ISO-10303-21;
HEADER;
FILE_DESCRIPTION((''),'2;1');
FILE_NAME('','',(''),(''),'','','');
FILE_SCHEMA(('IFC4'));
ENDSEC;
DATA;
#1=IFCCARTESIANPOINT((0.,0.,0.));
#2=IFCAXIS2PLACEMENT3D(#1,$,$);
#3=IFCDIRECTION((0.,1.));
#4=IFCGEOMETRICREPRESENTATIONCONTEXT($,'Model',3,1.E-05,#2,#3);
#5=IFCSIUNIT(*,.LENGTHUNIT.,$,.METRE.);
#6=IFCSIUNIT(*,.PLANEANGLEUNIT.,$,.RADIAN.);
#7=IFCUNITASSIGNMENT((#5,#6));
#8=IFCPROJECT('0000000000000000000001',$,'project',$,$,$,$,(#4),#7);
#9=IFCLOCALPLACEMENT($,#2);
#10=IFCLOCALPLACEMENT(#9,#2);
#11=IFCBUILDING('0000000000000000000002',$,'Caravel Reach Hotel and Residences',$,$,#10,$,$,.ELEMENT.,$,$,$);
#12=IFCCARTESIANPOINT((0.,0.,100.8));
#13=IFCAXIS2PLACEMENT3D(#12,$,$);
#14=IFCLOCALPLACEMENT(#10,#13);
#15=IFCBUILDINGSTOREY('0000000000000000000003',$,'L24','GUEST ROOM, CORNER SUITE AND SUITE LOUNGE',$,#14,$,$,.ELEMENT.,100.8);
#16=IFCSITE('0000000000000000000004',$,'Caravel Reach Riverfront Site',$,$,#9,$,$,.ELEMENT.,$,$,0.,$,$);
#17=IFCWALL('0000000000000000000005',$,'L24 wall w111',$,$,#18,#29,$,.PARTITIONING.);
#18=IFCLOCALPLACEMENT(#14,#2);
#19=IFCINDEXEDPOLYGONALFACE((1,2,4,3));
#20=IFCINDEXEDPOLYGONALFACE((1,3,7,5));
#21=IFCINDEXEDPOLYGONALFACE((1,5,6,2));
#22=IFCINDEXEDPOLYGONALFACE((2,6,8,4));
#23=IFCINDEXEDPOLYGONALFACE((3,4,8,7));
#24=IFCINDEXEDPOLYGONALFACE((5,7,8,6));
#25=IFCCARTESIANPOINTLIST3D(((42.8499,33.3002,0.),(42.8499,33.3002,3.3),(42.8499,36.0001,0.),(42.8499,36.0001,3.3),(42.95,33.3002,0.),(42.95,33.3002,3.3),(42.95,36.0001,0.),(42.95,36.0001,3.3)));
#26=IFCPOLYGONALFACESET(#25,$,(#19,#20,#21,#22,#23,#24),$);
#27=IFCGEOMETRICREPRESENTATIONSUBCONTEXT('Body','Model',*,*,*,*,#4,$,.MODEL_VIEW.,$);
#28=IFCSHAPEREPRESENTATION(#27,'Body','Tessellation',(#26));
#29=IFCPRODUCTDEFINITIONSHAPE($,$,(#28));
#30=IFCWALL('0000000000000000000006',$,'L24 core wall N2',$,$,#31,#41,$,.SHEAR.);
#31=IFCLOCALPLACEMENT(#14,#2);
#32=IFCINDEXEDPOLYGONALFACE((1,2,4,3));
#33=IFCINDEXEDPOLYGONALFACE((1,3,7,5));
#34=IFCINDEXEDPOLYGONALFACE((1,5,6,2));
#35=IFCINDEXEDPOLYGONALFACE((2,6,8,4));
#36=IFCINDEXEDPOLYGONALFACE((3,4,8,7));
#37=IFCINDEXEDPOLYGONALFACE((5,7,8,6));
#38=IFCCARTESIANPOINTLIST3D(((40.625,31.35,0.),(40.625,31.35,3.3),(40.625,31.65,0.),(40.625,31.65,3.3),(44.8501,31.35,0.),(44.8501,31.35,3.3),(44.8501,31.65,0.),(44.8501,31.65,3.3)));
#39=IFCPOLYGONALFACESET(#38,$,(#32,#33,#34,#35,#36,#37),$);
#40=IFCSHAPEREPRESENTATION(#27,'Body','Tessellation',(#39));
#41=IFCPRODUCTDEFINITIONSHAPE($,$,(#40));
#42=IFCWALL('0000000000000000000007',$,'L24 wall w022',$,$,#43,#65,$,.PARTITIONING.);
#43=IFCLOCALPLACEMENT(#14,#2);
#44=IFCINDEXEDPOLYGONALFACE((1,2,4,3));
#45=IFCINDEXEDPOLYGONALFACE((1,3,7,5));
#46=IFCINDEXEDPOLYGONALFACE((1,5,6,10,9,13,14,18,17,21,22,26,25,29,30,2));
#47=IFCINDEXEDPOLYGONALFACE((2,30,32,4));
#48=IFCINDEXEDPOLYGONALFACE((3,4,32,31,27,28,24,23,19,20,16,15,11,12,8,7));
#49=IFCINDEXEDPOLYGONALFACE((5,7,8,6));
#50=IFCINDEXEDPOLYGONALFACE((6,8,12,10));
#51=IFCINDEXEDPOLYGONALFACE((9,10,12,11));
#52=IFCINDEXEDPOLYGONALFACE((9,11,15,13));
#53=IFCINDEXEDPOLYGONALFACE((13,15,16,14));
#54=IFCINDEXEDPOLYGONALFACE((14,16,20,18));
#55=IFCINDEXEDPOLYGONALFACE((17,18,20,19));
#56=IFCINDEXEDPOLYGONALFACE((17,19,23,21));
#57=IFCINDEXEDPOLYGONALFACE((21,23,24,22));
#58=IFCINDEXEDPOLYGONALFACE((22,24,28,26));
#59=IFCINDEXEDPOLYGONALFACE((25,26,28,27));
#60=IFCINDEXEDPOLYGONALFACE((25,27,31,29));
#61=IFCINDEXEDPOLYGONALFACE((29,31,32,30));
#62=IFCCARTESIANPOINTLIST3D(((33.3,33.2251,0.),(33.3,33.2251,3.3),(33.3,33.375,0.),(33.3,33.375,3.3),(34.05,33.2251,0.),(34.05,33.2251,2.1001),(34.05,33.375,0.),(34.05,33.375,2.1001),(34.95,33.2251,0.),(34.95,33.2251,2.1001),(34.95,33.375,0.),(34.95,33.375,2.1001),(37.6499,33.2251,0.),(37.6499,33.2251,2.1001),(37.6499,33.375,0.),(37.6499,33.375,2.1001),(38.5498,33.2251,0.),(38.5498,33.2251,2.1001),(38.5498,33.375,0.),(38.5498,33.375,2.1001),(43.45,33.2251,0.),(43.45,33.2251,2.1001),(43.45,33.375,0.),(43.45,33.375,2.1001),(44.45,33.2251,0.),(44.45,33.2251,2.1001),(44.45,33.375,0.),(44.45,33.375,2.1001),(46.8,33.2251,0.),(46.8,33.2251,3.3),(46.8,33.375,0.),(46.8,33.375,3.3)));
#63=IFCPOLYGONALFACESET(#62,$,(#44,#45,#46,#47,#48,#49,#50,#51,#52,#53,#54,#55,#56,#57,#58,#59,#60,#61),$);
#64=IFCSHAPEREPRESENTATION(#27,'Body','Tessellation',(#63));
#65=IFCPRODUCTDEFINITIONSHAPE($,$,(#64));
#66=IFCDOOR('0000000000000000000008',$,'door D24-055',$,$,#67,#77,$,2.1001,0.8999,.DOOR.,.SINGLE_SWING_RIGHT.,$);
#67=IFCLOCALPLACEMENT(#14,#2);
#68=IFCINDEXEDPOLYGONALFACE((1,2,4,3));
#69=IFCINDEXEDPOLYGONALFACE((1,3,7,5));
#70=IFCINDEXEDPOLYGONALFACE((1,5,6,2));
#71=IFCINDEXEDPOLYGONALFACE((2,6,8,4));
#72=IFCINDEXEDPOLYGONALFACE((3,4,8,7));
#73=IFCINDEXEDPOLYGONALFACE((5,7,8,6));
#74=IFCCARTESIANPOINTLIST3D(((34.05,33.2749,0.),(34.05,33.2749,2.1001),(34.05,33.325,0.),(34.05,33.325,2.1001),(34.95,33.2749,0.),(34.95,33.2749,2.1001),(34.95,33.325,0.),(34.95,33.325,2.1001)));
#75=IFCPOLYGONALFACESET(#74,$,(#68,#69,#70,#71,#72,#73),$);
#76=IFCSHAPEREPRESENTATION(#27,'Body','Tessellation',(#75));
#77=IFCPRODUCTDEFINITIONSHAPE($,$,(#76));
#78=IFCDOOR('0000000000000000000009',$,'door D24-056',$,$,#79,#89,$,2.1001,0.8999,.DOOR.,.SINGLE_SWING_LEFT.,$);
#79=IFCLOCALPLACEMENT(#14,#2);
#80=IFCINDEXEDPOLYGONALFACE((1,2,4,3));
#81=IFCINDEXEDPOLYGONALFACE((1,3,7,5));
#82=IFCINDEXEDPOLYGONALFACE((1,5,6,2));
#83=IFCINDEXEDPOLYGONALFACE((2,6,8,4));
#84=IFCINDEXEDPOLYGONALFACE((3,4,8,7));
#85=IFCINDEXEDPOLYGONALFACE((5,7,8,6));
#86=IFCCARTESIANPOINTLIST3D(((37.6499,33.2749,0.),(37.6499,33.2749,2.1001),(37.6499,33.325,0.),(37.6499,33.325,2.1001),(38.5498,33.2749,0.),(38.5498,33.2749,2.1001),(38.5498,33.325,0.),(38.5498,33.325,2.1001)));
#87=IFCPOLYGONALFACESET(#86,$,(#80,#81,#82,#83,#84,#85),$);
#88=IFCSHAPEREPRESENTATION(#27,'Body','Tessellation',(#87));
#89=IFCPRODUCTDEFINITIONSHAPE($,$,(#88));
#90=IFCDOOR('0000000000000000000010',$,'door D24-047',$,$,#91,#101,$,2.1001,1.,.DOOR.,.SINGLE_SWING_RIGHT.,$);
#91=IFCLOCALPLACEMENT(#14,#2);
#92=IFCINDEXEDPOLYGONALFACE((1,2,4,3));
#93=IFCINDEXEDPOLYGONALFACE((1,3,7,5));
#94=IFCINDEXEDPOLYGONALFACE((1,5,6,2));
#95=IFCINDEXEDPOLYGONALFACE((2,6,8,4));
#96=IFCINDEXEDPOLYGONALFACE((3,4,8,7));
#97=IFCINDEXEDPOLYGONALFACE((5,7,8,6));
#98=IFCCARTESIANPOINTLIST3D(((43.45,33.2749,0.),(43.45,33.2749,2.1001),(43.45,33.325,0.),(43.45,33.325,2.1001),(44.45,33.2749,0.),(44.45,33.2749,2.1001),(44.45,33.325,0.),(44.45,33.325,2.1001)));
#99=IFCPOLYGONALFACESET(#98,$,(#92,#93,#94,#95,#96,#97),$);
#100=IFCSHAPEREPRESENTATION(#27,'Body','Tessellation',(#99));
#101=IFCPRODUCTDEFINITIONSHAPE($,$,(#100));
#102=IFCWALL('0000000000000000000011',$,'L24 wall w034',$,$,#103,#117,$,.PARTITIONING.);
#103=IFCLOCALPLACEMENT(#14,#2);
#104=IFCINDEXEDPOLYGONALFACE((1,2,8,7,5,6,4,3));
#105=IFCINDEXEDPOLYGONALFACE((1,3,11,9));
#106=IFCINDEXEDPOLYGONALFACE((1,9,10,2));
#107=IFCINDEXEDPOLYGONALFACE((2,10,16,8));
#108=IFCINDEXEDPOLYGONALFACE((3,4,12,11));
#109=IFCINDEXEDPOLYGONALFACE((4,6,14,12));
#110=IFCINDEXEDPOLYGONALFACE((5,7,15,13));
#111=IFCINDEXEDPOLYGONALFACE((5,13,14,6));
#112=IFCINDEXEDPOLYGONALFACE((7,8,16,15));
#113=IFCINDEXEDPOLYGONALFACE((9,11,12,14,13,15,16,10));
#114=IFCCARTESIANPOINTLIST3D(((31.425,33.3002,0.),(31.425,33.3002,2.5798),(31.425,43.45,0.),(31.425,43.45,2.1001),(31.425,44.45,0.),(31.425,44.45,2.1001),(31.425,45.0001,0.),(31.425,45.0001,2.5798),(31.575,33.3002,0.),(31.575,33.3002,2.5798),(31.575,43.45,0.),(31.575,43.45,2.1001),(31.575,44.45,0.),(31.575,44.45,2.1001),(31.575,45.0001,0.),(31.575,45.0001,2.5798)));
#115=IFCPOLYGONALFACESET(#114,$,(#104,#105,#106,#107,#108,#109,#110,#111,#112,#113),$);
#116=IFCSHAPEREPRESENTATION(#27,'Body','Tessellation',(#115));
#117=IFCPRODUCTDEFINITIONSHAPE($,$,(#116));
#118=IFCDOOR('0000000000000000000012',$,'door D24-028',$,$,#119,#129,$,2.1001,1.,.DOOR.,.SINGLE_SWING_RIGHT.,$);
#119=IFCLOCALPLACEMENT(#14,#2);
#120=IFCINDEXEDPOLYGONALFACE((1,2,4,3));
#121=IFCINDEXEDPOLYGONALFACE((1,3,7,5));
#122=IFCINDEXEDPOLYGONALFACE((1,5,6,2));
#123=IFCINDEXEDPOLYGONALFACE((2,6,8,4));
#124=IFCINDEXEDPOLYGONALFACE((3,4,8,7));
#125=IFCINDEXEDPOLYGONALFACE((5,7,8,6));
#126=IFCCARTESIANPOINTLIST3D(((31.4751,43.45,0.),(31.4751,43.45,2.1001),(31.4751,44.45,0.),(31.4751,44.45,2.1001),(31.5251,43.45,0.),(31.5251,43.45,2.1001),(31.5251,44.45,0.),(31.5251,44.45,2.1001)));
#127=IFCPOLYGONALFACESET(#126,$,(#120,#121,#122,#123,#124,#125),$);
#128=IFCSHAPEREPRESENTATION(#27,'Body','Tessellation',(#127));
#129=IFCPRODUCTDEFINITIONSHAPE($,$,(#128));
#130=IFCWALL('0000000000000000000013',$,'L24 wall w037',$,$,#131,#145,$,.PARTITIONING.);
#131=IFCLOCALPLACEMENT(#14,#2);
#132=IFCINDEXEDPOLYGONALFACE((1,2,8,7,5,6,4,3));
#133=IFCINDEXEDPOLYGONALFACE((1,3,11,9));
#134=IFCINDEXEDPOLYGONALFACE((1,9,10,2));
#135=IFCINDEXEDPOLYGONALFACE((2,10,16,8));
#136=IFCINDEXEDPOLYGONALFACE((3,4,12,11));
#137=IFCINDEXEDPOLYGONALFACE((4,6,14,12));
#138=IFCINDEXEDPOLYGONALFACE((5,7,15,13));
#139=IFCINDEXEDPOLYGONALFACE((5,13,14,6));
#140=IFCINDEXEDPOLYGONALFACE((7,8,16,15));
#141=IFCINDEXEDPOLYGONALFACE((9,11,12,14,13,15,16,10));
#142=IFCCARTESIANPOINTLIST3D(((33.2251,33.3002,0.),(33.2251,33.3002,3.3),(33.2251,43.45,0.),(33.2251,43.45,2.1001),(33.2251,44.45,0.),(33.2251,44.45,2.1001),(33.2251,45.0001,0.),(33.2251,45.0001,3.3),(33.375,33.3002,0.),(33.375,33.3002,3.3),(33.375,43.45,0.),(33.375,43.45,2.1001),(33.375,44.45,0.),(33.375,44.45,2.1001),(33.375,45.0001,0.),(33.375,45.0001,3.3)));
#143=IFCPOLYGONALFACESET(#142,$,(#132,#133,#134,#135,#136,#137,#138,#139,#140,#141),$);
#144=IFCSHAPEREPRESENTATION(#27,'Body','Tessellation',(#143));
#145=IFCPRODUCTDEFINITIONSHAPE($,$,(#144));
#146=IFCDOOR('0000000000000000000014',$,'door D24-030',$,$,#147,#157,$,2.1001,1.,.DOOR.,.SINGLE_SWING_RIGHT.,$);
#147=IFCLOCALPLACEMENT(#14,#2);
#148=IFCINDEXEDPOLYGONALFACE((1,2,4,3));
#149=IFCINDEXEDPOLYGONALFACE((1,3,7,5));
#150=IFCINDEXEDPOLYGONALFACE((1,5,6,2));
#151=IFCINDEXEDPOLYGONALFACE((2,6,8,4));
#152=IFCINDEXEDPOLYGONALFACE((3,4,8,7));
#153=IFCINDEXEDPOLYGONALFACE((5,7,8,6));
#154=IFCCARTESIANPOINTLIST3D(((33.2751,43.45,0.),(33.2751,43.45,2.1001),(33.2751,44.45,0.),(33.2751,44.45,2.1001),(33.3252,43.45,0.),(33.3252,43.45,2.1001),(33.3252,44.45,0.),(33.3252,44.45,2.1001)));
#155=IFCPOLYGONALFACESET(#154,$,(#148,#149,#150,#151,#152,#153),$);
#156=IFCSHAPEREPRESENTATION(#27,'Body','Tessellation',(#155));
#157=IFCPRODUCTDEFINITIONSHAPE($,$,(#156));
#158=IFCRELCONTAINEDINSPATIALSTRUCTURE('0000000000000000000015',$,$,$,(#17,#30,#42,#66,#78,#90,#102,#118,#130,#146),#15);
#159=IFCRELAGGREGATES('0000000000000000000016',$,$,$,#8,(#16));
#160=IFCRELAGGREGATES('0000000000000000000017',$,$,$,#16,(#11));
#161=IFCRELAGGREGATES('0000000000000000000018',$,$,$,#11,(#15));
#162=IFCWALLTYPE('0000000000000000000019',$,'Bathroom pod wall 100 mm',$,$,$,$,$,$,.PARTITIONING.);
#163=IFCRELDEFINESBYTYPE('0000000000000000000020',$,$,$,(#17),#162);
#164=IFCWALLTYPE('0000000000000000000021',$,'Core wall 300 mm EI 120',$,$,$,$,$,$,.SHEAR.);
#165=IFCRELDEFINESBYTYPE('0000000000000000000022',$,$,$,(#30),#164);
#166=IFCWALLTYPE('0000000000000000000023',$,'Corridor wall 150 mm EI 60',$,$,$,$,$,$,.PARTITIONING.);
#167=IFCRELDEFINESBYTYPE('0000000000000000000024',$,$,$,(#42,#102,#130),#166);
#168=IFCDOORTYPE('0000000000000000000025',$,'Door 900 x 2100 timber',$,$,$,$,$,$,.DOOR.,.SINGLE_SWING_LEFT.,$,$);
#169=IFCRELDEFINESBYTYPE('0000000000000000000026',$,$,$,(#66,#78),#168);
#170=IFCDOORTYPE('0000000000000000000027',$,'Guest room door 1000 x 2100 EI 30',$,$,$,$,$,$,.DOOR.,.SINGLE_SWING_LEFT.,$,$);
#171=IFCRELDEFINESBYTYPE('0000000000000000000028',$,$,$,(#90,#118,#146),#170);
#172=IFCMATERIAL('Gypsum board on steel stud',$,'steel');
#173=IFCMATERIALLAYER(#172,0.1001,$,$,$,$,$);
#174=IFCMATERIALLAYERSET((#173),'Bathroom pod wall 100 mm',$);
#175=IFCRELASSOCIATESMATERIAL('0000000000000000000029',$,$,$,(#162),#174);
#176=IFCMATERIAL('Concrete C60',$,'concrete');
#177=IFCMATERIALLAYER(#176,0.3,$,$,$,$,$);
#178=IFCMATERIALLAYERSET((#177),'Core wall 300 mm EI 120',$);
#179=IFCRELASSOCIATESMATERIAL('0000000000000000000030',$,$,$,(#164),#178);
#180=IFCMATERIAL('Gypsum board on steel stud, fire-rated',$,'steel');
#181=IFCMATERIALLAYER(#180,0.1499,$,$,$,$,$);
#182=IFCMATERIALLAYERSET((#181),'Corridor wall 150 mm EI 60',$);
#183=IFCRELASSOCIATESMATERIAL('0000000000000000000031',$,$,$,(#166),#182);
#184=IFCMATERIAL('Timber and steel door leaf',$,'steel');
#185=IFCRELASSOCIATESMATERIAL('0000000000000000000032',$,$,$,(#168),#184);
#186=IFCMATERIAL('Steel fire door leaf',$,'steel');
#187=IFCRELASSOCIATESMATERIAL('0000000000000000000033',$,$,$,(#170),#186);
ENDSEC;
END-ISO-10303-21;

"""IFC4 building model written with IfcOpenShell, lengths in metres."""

from ifc_helpers import new_model, si_unit, direction, frame, frame_2d, origin, place, context, subcontext, project, spatial, rectangle, extrude, material, layer, layer_set, type_object, element, fill, save


model = new_model("IFC4")

# Units and contexts
model_context = context("Model", 3, precision=1e-05, world=origin(), true_north=direction((0.0, 1.0)))
body_context = subcontext(model_context, "Body", "Model", "MODEL_VIEW")
ifc_project = project(units=[si_unit("LENGTHUNIT", "METRE"), si_unit("PLANEANGLEUNIT", "RADIAN")], contexts=[model_context])

# Site, building, storey
site_placement = place(None, origin())
site = spatial("IfcSite", under=ifc_project, at=site_placement, Name="Caravel Reach Riverfront Site", CompositionType="ELEMENT", RefElevation=0.0)
building_placement = place(site_placement, origin())
building = spatial("IfcBuilding", under=site, at=building_placement, Name="Caravel Reach Hotel and Residences", CompositionType="ELEMENT")
storey_placement = place(building_placement, frame((0.0, 0.0, 100.8)))
storey = spatial("IfcBuildingStorey", under=building, at=storey_placement, Name="L24", Description="GUEST ROOM, CORNER SUITE AND SUITE LOUNGE", CompositionType="ELEMENT", Elevation=100.8)

# Walls
ifc_material_1 = material(Name="Gypsum board on steel stud", Category="steel")
ifc_layer_1 = layer(ifc_material_1, 0.1001)
ifc_layer_set_1 = layer_set([ifc_layer_1], Name="Bathroom pod wall 100 mm")
wall_type_1 = type_object("IfcWallType", Name="Bathroom pod wall 100 mm", PredefinedType="PARTITIONING", material=ifc_layer_set_1)
wall_1_placement = place(storey_placement, frame((42.8999, 33.3, 0.0), z_axis=(0.0, 0.0, 1.0), x_axis=(0.0, 1.0, 0.0)))
element("IfcWall", 1, at=wall_1_placement, inside=storey, type_object=wall_type_1, Name="L24 wall w111", PredefinedType="PARTITIONING", context=body_context, shape_type="SweptSolid", body=[
    extrude(rectangle(XDim=2.7, YDim=0.1001, at=frame_2d((1.3501, 0.0))), origin(), (0.0, 0.0, 1.0), 3.3),
])
ifc_material_2 = material(Name="Concrete C60", Category="concrete")
ifc_layer_2 = layer(ifc_material_2, 0.3)
ifc_layer_set_2 = layer_set([ifc_layer_2], Name="Core wall 300 mm EI 120")
wall_type_2 = type_object("IfcWallType", Name="Core wall 300 mm EI 120", PredefinedType="SHEAR", material=ifc_layer_set_2)
wall_2_placement = place(storey_placement, frame((40.625, 31.5, 0.0), z_axis=(0.0, 0.0, 1.0), x_axis=(1.0, 0.0, 0.0)))
element("IfcWall", 2, at=wall_2_placement, inside=storey, type_object=wall_type_2, Name="L24 core wall N2", PredefinedType="SHEAR", context=body_context, shape_type="SweptSolid", body=[
    extrude(rectangle(XDim=4.2251, YDim=0.3, at=frame_2d((2.1125, 0.0))), origin(), (0.0, 0.0, 1.0), 3.3),
])

# Wall, openings, doors
ifc_material_3 = material(Name="Gypsum board on steel stud, fire-rated", Category="steel")
ifc_layer_3 = layer(ifc_material_3, 0.1499)
ifc_layer_set_3 = layer_set([ifc_layer_3], Name="Corridor wall 150 mm EI 60")
wall_type_3 = type_object("IfcWallType", Name="Corridor wall 150 mm EI 60", PredefinedType="PARTITIONING", material=ifc_layer_set_3)
wall_3_placement = place(storey_placement, frame((33.3, 33.3, 0.0), z_axis=(0.0, 0.0, 1.0), x_axis=(1.0, 0.0, 0.0)))
wall_3 = element("IfcWall", 3, at=wall_3_placement, inside=storey, type_object=wall_type_3, Name="L24 wall w022", PredefinedType="PARTITIONING", context=body_context, shape_type="SweptSolid", body=[
    extrude(rectangle(XDim=13.5, YDim=0.1499, at=frame_2d((6.75, 0.0))), origin(), (0.0, 0.0, 1.0), 3.3),
])
opening_1_placement = place(wall_3_placement, frame((10.1499, 0.0, 0.0)))
opening_1 = element("IfcOpeningElement", 4, at=opening_1_placement, cuts=wall_3, PredefinedType="OPENING", context=body_context, shape_type="SweptSolid", body=[
    extrude(rectangle(XDim=1.0, YDim=2.1001, at=frame_2d((0.5, 1.05))), frame((0.0, 0.085, 0.0), z_axis=(0.0, -1.0, 0.0), x_axis=(1.0, 0.0, 0.0)), (0.0, 0.0, 1.0), 0.1699),
])
opening_2_placement = place(wall_3_placement, frame((0.75, 0.0, 0.0)))
opening_2 = element("IfcOpeningElement", 5, at=opening_2_placement, cuts=wall_3, PredefinedType="OPENING", context=body_context, shape_type="SweptSolid", body=[
    extrude(rectangle(XDim=0.8999, YDim=2.1001, at=frame_2d((0.45, 1.05))), frame((0.0, 0.085, 0.0), z_axis=(0.0, -1.0, 0.0), x_axis=(1.0, 0.0, 0.0)), (0.0, 0.0, 1.0), 0.1699),
])
opening_3_placement = place(wall_3_placement, frame((4.3499, 0.0, 0.0)))
opening_3 = element("IfcOpeningElement", 6, at=opening_3_placement, cuts=wall_3, PredefinedType="OPENING", context=body_context, shape_type="SweptSolid", body=[
    extrude(rectangle(XDim=0.8999, YDim=2.1001, at=frame_2d((0.45, 1.05))), frame((0.0, 0.085, 0.0), z_axis=(0.0, -1.0, 0.0), x_axis=(1.0, 0.0, 0.0)), (0.0, 0.0, 1.0), 0.1699),
])
ifc_material_4 = material(Name="Timber and steel door leaf", Category="steel")
door_type_1 = type_object("IfcDoorType", Name="Door 900 x 2100 timber", OperationType="SINGLE_SWING_LEFT", PredefinedType="DOOR", material=ifc_material_4)
door_1_placement = place(opening_2_placement, origin())
door_1 = element("IfcDoor", 7, at=door_1_placement, inside=storey, type_object=door_type_1, Name="door D24-055", OperationType="SINGLE_SWING_RIGHT", OverallHeight=2.1001, OverallWidth=0.8999, PredefinedType="DOOR", context=body_context, shape_type="SweptSolid", body=[
    extrude(rectangle(XDim=0.8999, YDim=2.1001, at=frame_2d((0.45, 1.05))), frame((0.0, 0.0249, 0.0), z_axis=(0.0, -1.0, 0.0), x_axis=(1.0, 0.0, 0.0)), (0.0, 0.0, 1.0), 0.05),
])
fill(opening_2, door_1)
door_2_placement = place(opening_3_placement, origin())
door_2 = element("IfcDoor", 8, at=door_2_placement, inside=storey, type_object=door_type_1, Name="door D24-056", OperationType="SINGLE_SWING_LEFT", OverallHeight=2.1001, OverallWidth=0.8999, PredefinedType="DOOR", context=body_context, shape_type="SweptSolid", body=[
    extrude(rectangle(XDim=0.8999, YDim=2.1001, at=frame_2d((0.45, 1.05))), frame((0.0, 0.0249, 0.0), z_axis=(0.0, -1.0, 0.0), x_axis=(1.0, 0.0, 0.0)), (0.0, 0.0, 1.0), 0.05),
])
fill(opening_3, door_2)
ifc_material_5 = material(Name="Steel fire door leaf", Category="steel")
door_type_2 = type_object("IfcDoorType", Name="Guest room door 1000 x 2100 EI 30", OperationType="SINGLE_SWING_LEFT", PredefinedType="DOOR", material=ifc_material_5)
door_3_placement = place(opening_1_placement, origin())
door_3 = element("IfcDoor", 9, at=door_3_placement, inside=storey, type_object=door_type_2, Name="door D24-047", OperationType="SINGLE_SWING_RIGHT", OverallHeight=2.1001, OverallWidth=1.0, PredefinedType="DOOR", context=body_context, shape_type="SweptSolid", body=[
    extrude(rectangle(XDim=1.0, YDim=2.1001, at=frame_2d((0.5, 1.05))), frame((0.0, 0.0249, 0.0), z_axis=(0.0, -1.0, 0.0), x_axis=(1.0, 0.0, 0.0)), (0.0, 0.0, 1.0), 0.05),
])
fill(opening_1, door_3)

# Walls, openings, doors
wall_4_placement = place(storey_placement, frame((31.5, 33.3, 0.0), z_axis=(0.0, 0.0, 1.0), x_axis=(0.0, 1.0, 0.0)))
wall_4 = element("IfcWall", 10, at=wall_4_placement, inside=storey, type_object=wall_type_3, Name="L24 wall w034", PredefinedType="PARTITIONING", context=body_context, shape_type="SweptSolid", body=[
    extrude(rectangle(XDim=11.7, YDim=0.1499, at=frame_2d((5.8501, 0.0))), origin(), (0.0, 0.0, 1.0), 2.5798),
])
opening_4_placement = place(wall_4_placement, frame((10.1499, 0.0, 0.0)))
opening_4 = element("IfcOpeningElement", 11, at=opening_4_placement, cuts=wall_4, PredefinedType="OPENING", context=body_context, shape_type="SweptSolid", body=[
    extrude(rectangle(XDim=1.0, YDim=2.1001, at=frame_2d((0.5, 1.05))), frame((0.0, 0.085, 0.0), z_axis=(0.0, -1.0, 0.0), x_axis=(1.0, 0.0, 0.0)), (0.0, 0.0, 1.0), 0.1699),
])
door_4_placement = place(opening_4_placement, origin())
door_4 = element("IfcDoor", 12, at=door_4_placement, inside=storey, type_object=door_type_2, Name="door D24-028", OperationType="SINGLE_SWING_RIGHT", OverallHeight=2.1001, OverallWidth=1.0, PredefinedType="DOOR", context=body_context, shape_type="SweptSolid", body=[
    extrude(rectangle(XDim=1.0, YDim=2.1001, at=frame_2d((0.5, 1.05))), frame((0.0, 0.0249, 0.0), z_axis=(0.0, -1.0, 0.0), x_axis=(1.0, 0.0, 0.0)), (0.0, 0.0, 1.0), 0.05),
])
fill(opening_4, door_4)
wall_5_placement = place(storey_placement, frame((33.3, 33.3, 0.0), z_axis=(0.0, 0.0, 1.0), x_axis=(0.0, 1.0, 0.0)))
wall_5 = element("IfcWall", 13, at=wall_5_placement, inside=storey, type_object=wall_type_3, Name="L24 wall w037", PredefinedType="PARTITIONING", context=body_context, shape_type="SweptSolid", body=[
    extrude(rectangle(XDim=11.7, YDim=0.1499, at=frame_2d((5.8501, 0.0))), origin(), (0.0, 0.0, 1.0), 3.3),
])
opening_5_placement = place(wall_5_placement, frame((10.1499, 0.0, 0.0)))
opening_5 = element("IfcOpeningElement", 14, at=opening_5_placement, cuts=wall_5, PredefinedType="OPENING", context=body_context, shape_type="SweptSolid", body=[
    extrude(rectangle(XDim=1.0, YDim=2.1001, at=frame_2d((0.5, 1.05))), frame((0.0, 0.085, 0.0), z_axis=(0.0, -1.0, 0.0), x_axis=(1.0, 0.0, 0.0)), (0.0, 0.0, 1.0), 0.1699),
])
door_5_placement = place(opening_5_placement, origin())
door_5 = element("IfcDoor", 15, at=door_5_placement, inside=storey, type_object=door_type_2, Name="door D24-030", OperationType="SINGLE_SWING_RIGHT", OverallHeight=2.1001, OverallWidth=1.0, PredefinedType="DOOR", context=body_context, shape_type="SweptSolid", body=[
    extrude(rectangle(XDim=1.0, YDim=2.1001, at=frame_2d((0.5, 1.05))), frame((0.0, 0.0249, 0.0), z_axis=(0.0, -1.0, 0.0), x_axis=(1.0, 0.0, 0.0)), (0.0, 0.0, 1.0), 0.05),
])
fill(opening_5, door_5)

save(model, "model.ifc")
